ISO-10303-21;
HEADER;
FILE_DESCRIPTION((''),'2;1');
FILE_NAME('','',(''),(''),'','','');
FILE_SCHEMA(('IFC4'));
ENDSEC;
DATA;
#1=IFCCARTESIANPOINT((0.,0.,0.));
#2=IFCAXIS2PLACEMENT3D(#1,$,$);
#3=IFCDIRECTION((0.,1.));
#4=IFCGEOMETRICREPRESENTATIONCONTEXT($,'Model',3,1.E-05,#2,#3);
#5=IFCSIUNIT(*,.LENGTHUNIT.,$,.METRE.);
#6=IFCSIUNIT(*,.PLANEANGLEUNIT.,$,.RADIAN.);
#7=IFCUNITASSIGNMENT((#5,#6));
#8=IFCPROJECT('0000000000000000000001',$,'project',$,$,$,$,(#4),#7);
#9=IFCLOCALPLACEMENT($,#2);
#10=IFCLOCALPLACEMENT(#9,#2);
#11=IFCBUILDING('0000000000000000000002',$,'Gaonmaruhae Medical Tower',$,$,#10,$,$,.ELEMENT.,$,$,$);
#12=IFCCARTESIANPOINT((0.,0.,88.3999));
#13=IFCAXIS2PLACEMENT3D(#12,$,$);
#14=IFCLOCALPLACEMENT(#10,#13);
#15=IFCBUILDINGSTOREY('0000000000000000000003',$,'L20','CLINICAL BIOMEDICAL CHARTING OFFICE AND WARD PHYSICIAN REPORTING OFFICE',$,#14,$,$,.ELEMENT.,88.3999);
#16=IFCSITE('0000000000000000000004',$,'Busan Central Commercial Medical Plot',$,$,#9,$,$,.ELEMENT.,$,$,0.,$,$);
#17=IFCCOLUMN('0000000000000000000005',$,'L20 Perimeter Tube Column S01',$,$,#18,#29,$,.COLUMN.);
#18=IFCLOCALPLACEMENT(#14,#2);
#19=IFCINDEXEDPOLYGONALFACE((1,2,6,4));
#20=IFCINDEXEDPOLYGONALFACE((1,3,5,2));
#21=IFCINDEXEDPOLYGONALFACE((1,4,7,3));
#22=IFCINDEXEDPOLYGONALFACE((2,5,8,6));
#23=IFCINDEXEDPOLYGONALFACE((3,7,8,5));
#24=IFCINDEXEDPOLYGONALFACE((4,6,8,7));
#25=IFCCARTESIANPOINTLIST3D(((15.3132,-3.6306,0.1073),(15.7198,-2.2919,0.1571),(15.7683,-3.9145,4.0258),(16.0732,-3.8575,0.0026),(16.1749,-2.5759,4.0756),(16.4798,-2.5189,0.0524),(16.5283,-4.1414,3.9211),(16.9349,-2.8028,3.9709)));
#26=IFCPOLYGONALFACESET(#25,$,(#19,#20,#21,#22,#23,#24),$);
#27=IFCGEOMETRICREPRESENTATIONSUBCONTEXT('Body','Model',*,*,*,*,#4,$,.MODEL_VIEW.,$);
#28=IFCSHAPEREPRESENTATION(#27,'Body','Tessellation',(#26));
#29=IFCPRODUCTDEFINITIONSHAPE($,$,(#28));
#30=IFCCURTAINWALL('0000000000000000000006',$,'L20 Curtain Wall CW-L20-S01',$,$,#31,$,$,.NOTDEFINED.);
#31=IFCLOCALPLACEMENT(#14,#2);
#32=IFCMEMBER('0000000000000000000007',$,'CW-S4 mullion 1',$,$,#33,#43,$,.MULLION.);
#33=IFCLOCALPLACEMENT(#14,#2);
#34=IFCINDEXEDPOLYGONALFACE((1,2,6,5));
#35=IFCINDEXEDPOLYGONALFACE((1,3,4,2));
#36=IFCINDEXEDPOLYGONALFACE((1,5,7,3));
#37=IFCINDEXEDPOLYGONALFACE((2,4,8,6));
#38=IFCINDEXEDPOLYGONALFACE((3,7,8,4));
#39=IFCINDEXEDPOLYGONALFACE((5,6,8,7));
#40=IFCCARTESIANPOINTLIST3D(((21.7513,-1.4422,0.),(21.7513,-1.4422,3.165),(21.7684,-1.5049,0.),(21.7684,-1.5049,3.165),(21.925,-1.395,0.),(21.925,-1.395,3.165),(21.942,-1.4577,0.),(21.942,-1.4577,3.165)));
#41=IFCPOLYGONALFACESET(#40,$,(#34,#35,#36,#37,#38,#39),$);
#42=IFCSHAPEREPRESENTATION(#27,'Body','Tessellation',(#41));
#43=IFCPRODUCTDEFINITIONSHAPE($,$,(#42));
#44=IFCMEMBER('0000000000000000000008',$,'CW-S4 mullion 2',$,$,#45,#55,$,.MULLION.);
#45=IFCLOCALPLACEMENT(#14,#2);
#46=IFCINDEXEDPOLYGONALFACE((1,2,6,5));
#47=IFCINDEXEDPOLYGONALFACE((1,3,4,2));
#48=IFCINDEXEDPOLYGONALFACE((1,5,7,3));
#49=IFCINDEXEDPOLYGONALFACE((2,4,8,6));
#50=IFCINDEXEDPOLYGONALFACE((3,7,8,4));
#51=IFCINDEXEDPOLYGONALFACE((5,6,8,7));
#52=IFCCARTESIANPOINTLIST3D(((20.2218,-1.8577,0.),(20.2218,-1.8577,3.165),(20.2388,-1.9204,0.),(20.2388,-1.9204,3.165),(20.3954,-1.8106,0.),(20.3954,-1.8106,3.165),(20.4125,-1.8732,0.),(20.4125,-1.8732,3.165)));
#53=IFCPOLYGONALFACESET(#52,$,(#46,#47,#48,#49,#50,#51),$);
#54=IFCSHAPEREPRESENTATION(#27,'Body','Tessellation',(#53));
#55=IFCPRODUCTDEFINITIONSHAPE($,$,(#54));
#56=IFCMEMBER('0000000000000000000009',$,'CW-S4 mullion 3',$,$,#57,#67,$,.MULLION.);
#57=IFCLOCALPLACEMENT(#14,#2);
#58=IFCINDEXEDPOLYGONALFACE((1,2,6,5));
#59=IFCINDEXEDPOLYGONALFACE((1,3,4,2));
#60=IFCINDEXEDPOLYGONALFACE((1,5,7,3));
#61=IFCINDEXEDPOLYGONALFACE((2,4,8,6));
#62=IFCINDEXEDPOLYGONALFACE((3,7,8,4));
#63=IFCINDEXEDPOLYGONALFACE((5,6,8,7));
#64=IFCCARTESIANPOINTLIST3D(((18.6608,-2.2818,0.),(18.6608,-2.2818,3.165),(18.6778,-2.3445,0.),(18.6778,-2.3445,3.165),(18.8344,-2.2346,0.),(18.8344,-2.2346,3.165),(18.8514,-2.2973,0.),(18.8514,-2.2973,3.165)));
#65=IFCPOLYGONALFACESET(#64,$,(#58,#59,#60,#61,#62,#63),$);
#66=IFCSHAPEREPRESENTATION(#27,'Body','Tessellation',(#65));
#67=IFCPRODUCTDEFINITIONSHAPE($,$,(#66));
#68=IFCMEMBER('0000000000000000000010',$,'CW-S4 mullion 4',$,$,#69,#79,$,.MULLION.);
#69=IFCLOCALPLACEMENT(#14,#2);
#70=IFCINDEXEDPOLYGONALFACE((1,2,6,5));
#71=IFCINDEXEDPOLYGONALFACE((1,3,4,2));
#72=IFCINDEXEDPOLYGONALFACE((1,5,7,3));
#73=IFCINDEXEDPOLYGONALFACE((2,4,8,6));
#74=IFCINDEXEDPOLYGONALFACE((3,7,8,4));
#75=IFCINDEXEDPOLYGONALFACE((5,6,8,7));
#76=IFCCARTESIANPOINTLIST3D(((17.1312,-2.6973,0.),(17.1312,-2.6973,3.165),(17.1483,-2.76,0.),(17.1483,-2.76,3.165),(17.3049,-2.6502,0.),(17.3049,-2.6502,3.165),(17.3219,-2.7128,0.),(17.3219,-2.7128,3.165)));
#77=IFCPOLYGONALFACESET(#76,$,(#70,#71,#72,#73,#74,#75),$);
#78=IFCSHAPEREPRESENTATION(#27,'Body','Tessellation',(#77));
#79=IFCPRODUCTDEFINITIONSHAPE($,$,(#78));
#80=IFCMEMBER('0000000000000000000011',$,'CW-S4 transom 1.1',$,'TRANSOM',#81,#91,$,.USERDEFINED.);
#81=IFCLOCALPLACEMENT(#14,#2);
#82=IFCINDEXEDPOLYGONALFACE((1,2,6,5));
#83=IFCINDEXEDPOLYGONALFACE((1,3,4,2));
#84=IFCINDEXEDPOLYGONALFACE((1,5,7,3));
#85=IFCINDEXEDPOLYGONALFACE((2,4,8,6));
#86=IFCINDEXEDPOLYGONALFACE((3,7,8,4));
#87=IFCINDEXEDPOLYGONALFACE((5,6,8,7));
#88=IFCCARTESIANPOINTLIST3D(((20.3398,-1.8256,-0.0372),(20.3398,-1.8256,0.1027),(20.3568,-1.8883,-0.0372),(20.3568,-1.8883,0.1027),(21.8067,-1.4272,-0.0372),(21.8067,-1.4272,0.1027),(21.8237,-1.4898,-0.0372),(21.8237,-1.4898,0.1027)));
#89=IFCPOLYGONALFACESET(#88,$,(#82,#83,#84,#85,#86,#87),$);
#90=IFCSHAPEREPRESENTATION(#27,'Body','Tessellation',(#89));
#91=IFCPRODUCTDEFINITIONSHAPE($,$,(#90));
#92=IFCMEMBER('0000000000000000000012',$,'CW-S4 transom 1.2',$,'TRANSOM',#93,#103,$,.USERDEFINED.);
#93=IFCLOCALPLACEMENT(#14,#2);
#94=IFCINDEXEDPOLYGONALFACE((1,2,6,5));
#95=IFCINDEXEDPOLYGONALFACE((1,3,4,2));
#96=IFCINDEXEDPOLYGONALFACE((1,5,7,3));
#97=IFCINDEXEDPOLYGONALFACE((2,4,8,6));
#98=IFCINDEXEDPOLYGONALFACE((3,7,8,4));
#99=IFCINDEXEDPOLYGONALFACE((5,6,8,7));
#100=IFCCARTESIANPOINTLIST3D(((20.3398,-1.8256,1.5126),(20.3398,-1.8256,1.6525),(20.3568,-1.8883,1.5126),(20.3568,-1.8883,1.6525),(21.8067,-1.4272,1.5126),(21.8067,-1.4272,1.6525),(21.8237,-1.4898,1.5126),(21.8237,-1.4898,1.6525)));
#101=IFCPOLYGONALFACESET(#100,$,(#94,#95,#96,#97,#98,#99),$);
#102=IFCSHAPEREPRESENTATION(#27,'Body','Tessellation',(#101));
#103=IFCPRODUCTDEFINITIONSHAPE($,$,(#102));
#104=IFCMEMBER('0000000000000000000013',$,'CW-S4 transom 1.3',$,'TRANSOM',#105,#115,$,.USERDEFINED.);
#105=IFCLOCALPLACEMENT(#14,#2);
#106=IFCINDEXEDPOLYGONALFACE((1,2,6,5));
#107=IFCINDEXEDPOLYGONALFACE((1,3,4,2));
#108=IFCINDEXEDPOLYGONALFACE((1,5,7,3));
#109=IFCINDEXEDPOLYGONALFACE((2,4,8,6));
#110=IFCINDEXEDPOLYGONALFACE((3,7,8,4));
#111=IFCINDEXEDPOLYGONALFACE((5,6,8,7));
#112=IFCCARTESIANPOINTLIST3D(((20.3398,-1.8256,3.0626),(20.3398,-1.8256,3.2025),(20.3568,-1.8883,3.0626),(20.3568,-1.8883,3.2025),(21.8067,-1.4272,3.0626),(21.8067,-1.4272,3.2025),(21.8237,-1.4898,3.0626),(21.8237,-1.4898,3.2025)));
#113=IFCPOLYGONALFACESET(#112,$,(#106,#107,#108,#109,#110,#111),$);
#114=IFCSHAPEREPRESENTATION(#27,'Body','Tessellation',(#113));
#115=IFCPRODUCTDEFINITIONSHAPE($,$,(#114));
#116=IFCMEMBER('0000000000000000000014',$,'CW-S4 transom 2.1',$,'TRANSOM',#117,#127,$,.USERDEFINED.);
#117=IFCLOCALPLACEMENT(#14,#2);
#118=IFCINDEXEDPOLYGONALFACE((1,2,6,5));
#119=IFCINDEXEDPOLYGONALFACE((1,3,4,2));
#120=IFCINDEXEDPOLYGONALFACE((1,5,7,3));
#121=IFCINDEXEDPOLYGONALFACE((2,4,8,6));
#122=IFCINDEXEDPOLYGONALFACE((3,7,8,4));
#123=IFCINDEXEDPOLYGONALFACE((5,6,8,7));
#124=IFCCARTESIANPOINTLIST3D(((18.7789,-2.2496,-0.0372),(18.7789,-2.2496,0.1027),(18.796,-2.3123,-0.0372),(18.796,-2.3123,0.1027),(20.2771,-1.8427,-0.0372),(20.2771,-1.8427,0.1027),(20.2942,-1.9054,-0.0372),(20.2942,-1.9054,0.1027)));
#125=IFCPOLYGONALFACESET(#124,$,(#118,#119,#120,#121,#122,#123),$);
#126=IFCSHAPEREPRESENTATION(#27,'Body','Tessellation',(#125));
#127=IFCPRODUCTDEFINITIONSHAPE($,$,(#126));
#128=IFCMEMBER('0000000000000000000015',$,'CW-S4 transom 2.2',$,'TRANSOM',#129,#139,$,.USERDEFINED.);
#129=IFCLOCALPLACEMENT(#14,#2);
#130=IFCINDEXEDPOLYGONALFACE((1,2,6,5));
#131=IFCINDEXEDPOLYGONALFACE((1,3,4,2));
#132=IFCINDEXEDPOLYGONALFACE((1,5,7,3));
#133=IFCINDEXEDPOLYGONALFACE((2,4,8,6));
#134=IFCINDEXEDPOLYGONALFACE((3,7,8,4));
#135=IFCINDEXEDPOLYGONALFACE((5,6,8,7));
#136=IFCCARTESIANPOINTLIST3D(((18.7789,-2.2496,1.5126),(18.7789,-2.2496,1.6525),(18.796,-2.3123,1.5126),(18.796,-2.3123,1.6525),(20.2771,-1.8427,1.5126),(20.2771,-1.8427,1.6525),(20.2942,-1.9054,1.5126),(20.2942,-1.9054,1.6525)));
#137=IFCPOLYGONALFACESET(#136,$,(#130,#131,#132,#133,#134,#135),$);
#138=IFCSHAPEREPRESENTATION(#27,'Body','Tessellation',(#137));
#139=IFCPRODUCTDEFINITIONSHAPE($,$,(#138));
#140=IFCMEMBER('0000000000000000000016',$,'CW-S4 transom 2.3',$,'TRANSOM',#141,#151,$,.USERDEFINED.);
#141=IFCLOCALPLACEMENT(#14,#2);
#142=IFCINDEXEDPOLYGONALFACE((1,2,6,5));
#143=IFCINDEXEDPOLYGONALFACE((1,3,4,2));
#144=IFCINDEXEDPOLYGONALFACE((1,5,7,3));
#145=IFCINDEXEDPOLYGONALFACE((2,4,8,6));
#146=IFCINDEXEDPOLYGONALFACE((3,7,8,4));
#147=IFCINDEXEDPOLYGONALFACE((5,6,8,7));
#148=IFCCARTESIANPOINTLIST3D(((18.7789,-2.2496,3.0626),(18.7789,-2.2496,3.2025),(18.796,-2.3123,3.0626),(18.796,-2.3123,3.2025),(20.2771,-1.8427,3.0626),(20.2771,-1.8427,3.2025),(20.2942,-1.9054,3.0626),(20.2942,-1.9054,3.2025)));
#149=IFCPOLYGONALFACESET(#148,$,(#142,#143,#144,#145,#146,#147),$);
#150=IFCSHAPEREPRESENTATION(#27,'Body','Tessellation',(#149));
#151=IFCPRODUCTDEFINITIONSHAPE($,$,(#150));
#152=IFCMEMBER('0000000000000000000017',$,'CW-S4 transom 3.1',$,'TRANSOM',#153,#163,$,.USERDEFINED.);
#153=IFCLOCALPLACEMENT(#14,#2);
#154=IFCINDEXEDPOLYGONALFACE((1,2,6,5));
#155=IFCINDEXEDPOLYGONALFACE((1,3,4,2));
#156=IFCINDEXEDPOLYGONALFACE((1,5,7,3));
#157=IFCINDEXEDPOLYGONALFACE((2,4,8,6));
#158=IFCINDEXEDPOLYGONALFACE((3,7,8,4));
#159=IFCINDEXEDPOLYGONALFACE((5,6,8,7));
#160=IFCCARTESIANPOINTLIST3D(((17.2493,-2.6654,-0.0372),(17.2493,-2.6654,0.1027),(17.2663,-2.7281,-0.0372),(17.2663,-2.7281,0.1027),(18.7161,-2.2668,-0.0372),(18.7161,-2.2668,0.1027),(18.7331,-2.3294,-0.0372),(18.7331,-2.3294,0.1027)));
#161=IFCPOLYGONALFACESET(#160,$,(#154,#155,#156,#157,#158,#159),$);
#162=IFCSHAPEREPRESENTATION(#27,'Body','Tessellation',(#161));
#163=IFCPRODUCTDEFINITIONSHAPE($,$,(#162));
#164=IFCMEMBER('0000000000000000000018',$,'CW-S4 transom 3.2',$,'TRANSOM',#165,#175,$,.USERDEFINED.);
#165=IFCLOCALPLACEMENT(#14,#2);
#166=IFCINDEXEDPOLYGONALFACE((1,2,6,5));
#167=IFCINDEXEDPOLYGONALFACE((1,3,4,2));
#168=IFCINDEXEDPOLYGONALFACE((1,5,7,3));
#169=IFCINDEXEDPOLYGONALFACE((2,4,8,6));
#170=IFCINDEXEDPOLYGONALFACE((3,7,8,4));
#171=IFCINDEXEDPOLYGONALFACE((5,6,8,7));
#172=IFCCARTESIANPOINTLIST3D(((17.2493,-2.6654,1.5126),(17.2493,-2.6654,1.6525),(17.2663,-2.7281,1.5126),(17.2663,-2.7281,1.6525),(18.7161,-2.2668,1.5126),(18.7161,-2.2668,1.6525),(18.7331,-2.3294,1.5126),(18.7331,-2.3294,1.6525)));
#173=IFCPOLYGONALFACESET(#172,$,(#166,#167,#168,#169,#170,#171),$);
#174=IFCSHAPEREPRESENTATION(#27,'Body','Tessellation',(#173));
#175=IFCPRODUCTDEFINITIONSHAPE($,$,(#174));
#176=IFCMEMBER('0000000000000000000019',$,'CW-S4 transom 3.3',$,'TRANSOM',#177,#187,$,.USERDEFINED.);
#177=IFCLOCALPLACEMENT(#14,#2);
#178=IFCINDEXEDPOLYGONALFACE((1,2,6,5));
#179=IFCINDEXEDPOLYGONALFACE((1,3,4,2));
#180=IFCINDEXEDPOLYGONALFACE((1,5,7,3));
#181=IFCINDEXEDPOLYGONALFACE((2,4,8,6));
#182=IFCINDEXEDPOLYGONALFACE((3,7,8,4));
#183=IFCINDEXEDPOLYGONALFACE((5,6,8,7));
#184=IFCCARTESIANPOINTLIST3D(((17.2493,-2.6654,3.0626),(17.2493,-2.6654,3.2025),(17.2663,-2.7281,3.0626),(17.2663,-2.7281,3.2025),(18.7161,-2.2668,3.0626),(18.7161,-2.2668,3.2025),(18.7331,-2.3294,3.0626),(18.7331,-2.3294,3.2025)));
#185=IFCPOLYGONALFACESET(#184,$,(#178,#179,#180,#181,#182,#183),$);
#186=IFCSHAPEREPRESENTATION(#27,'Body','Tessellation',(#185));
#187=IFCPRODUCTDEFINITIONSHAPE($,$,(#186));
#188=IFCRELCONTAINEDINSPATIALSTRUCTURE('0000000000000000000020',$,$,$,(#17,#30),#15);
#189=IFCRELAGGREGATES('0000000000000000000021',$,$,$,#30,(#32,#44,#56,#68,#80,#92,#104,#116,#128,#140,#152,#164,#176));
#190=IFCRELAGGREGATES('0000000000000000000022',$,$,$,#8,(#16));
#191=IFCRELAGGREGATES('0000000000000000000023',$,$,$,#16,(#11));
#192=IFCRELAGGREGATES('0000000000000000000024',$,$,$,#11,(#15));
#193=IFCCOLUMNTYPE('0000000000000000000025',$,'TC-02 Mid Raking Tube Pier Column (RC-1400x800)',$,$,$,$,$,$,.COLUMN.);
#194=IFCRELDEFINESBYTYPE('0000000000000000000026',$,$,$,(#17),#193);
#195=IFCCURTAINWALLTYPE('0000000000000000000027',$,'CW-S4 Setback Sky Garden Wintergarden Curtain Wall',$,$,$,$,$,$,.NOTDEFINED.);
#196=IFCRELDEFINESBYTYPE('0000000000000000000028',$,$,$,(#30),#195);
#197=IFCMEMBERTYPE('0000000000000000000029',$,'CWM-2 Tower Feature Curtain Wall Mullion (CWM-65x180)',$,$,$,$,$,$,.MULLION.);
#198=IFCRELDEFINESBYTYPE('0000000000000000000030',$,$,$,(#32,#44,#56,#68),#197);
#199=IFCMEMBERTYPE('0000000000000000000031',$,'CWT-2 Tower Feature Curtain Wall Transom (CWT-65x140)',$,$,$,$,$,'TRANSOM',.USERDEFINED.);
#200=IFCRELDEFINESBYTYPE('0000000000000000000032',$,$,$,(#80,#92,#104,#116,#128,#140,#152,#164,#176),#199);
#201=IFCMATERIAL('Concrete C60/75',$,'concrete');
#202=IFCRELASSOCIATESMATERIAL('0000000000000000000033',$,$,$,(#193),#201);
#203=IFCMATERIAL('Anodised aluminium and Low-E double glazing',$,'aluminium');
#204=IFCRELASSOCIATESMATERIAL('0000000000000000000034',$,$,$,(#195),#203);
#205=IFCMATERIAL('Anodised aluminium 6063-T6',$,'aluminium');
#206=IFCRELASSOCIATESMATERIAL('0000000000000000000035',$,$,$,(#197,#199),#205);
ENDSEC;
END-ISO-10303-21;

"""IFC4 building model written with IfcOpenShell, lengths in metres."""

from ifc_helpers import new_model, si_unit, direction, frame, origin, origin_2d, place, context, subcontext, project, spatial, rectangle, extrude, material, material_profile, profile_set, type_object, element, aggregate, save


model = new_model("IFC4")

# Units and contexts
model_context = context("Model", 3, precision=1e-05, world=origin(), true_north=direction((0.0, 1.0)))
body_context = subcontext(model_context, "Body", "Model", "MODEL_VIEW")
ifc_project = project(units=[si_unit("LENGTHUNIT", "METRE"), si_unit("PLANEANGLEUNIT", "RADIAN")], contexts=[model_context])

# Site, building, storey
site_placement = place(None, origin())
site = spatial("IfcSite", under=ifc_project, at=site_placement, Name="Busan Central Commercial Medical Plot", CompositionType="ELEMENT", RefElevation=0.0)
building_placement = place(site_placement, origin())
building = spatial("IfcBuilding", under=site, at=building_placement, Name="Gaonmaruhae Medical Tower", CompositionType="ELEMENT")
storey_placement = place(building_placement, frame((0.0, 0.0, 88.3999)))
storey = spatial("IfcBuildingStorey", under=building, at=storey_placement, Name="L20", Description="CLINICAL BIOMEDICAL CHARTING OFFICE AND WARD PHYSICIAN REPORTING OFFICE", CompositionType="ELEMENT", Elevation=88.3999)

# Column
ifc_material_1 = material(Name="Concrete C60/75", Category="concrete")
ifc_material_profile_1 = material_profile(ifc_material_1, rectangle(XDim=1.3999, YDim=0.8, at=origin_2d()), Name="RC-1400x800")
ifc_profile_set_1 = profile_set([ifc_material_profile_1], Name="Concrete C60/75")
column_type = type_object("IfcColumnType", Name="TC-02 Mid Raking Tube Pier Column (RC-1400x800)", PredefinedType="COLUMN", material=ifc_profile_set_1)
column_placement = place(storey_placement, frame((15.8965, -3.0747, 0.0798), z_axis=(0.115064, -0.071792, 0.99076), x_axis=(0.290438, 0.956233, 0.035559)))
element("IfcColumn", 1, at=column_placement, inside=storey, type_object=column_type, Name="L20 Perimeter Tube Column S01", PredefinedType="COLUMN", context=body_context, shape_type="SweptSolid", body=[
    extrude(rectangle(XDim=1.3999, YDim=0.8, at=origin_2d()), origin(), (0.0, 0.0, 1.0), 3.9551),
])

# Curtain wall, members
ifc_material_2 = material(Name="Anodised aluminium and Low-E double glazing", Category="aluminium")
curtain_wall_type = type_object("IfcCurtainWallType", Name="CW-S4 Setback Sky Garden Wintergarden Curtain Wall", PredefinedType="NOTDEFINED", material=ifc_material_2)
curtain_wall_placement = place(storey_placement, origin())
curtain_wall = element("IfcCurtainWall", 2, at=curtain_wall_placement, inside=storey, type_object=curtain_wall_type, Name="L20 Curtain Wall CW-L20-S01", PredefinedType="NOTDEFINED")
ifc_material_3 = material(Name="Anodised aluminium 6063-T6", Category="aluminium")
ifc_material_profile_2 = material_profile(ifc_material_3, rectangle(XDim=0.0649, YDim=0.1799, at=origin_2d()), Name="CWM-65x180")
ifc_profile_set_2 = profile_set([ifc_material_profile_2], Name="Anodised aluminium 6063-T6")
member_type_1 = type_object("IfcMemberType", Name="CWM-2 Tower Feature Curtain Wall Mullion (CWM-65x180)", PredefinedType="MULLION", material=ifc_profile_set_2)
member_1_placement = place(storey_placement, frame((21.8467, -1.45, 0.0), z_axis=(0.0, 0.0, 1.0), x_axis=(0.262186, -0.965017, 0.0)))
member_1 = element("IfcMember", 3, at=member_1_placement, type_object=member_type_1, Name="CW-S4 mullion 1", PredefinedType="MULLION", context=body_context, shape_type="SweptSolid", body=[
    extrude(rectangle(XDim=0.0649, YDim=0.1799, at=origin_2d()), origin(), (0.0, 0.0, 1.0), 3.165),
])
member_2_placement = place(storey_placement, frame((20.3171, -1.8655, 0.0), z_axis=(0.0, 0.0, 1.0), x_axis=(0.262186, -0.965017, 0.0)))
member_2 = element("IfcMember", 4, at=member_2_placement, type_object=member_type_1, Name="CW-S4 mullion 2", PredefinedType="MULLION", context=body_context, shape_type="SweptSolid", body=[
    extrude(rectangle(XDim=0.0649, YDim=0.1799, at=origin_2d()), origin(), (0.0, 0.0, 1.0), 3.165),
])
member_3_placement = place(storey_placement, frame((18.7561, -2.2896, 0.0), z_axis=(0.0, 0.0, 1.0), x_axis=(0.262186, -0.965017, 0.0)))
member_3 = element("IfcMember", 5, at=member_3_placement, type_object=member_type_1, Name="CW-S4 mullion 3", PredefinedType="MULLION", context=body_context, shape_type="SweptSolid", body=[
    extrude(rectangle(XDim=0.0649, YDim=0.1799, at=origin_2d()), origin(), (0.0, 0.0, 1.0), 3.165),
])
member_4_placement = place(storey_placement, frame((17.2266, -2.7051, 0.0), z_axis=(0.0, 0.0, 1.0), x_axis=(0.262186, -0.965017, 0.0)))
member_4 = element("IfcMember", 6, at=member_4_placement, type_object=member_type_1, Name="CW-S4 mullion 4", PredefinedType="MULLION", context=body_context, shape_type="SweptSolid", body=[
    extrude(rectangle(XDim=0.0649, YDim=0.1799, at=origin_2d()), origin(), (0.0, 0.0, 1.0), 3.165),
])
ifc_material_profile_3 = material_profile(ifc_material_3, rectangle(XDim=0.0649, YDim=0.1399, at=origin_2d()), Name="CWT-65x140")
ifc_profile_set_3 = profile_set([ifc_material_profile_3], Name="Anodised aluminium 6063-T6")
member_type_2 = type_object("IfcMemberType", Name="CWT-2 Tower Feature Curtain Wall Transom (CWT-65x140)", ElementType="TRANSOM", PredefinedType="USERDEFINED", material=ifc_profile_set_3)
member_5_placement = place(storey_placement, frame((21.8152, -1.4585, 0.0327), z_axis=(-0.96503, -0.262139, 0.0), x_axis=(0.262139, -0.96503, 0.0)))
member_5 = element("IfcMember", 7, at=member_5_placement, type_object=member_type_2, Name="CW-S4 transom 1.1", ObjectType="TRANSOM", PredefinedType="USERDEFINED", context=body_context, shape_type="SweptSolid", body=[
    extrude(rectangle(XDim=0.0649, YDim=0.1399, at=origin_2d()), origin(), (0.0, 0.0, 1.0), 1.52),
])
member_6_placement = place(storey_placement, frame((21.8152, -1.4585, 1.5825), z_axis=(-0.96503, -0.262139, 0.0), x_axis=(0.262139, -0.96503, 0.0)))
member_6 = element("IfcMember", 8, at=member_6_placement, type_object=member_type_2, Name="CW-S4 transom 1.2", ObjectType="TRANSOM", PredefinedType="USERDEFINED", context=body_context, shape_type="SweptSolid", body=[
    extrude(rectangle(XDim=0.0649, YDim=0.1399, at=origin_2d()), origin(), (0.0, 0.0, 1.0), 1.52),
])
member_7_placement = place(storey_placement, frame((21.8152, -1.4585, 3.1326), z_axis=(-0.96503, -0.262139, 0.0), x_axis=(0.262139, -0.96503, 0.0)))
member_7 = element("IfcMember", 9, at=member_7_placement, type_object=member_type_2, Name="CW-S4 transom 1.3", ObjectType="TRANSOM", PredefinedType="USERDEFINED", context=body_context, shape_type="SweptSolid", body=[
    extrude(rectangle(XDim=0.0649, YDim=0.1399, at=origin_2d()), origin(), (0.0, 0.0, 1.0), 1.52),
])
member_8_placement = place(storey_placement, frame((20.2856, -1.874, 0.0327), z_axis=(-0.965032, -0.262133, 0.0), x_axis=(0.262133, -0.965032, 0.0)))
member_8 = element("IfcMember", 10, at=member_8_placement, type_object=member_type_2, Name="CW-S4 transom 2.1", ObjectType="TRANSOM", PredefinedType="USERDEFINED", context=body_context, shape_type="SweptSolid", body=[
    extrude(rectangle(XDim=0.0649, YDim=0.1399, at=origin_2d()), origin(), (0.0, 0.0, 1.0), 1.5525),
])
member_9_placement = place(storey_placement, frame((20.2856, -1.874, 1.5825), z_axis=(-0.965032, -0.262133, 0.0), x_axis=(0.262133, -0.965032, 0.0)))
member_9 = element("IfcMember", 11, at=member_9_placement, type_object=member_type_2, Name="CW-S4 transom 2.2", ObjectType="TRANSOM", PredefinedType="USERDEFINED", context=body_context, shape_type="SweptSolid", body=[
    extrude(rectangle(XDim=0.0649, YDim=0.1399, at=origin_2d()), origin(), (0.0, 0.0, 1.0), 1.5525),
])
member_10_placement = place(storey_placement, frame((20.2856, -1.874, 3.1326), z_axis=(-0.965032, -0.262133, 0.0), x_axis=(0.262133, -0.965032, 0.0)))
member_10 = element("IfcMember", 12, at=member_10_placement, type_object=member_type_2, Name="CW-S4 transom 2.3", ObjectType="TRANSOM", PredefinedType="USERDEFINED", context=body_context, shape_type="SweptSolid", body=[
    extrude(rectangle(XDim=0.0649, YDim=0.1399, at=origin_2d()), origin(), (0.0, 0.0, 1.0), 1.5525),
])
member_11_placement = place(storey_placement, frame((18.7246, -2.2981, 0.0327), z_axis=(-0.96499, -0.262288, 0.0), x_axis=(0.262288, -0.96499, 0.0)))
member_11 = element("IfcMember", 13, at=member_11_placement, type_object=member_type_2, Name="CW-S4 transom 3.1", ObjectType="TRANSOM", PredefinedType="USERDEFINED", context=body_context, shape_type="SweptSolid", body=[
    extrude(rectangle(XDim=0.0649, YDim=0.1399, at=origin_2d()), origin(), (0.0, 0.0, 1.0), 1.52),
])
member_12_placement = place(storey_placement, frame((18.7246, -2.2981, 1.5825), z_axis=(-0.96499, -0.262288, 0.0), x_axis=(0.262288, -0.96499, 0.0)))
member_12 = element("IfcMember", 14, at=member_12_placement, type_object=member_type_2, Name="CW-S4 transom 3.2", ObjectType="TRANSOM", PredefinedType="USERDEFINED", context=body_context, shape_type="SweptSolid", body=[
    extrude(rectangle(XDim=0.0649, YDim=0.1399, at=origin_2d()), origin(), (0.0, 0.0, 1.0), 1.52),
])
member_13_placement = place(storey_placement, frame((18.7246, -2.2981, 3.1326), z_axis=(-0.96499, -0.262288, 0.0), x_axis=(0.262288, -0.96499, 0.0)))
member_13 = element("IfcMember", 15, at=member_13_placement, type_object=member_type_2, Name="CW-S4 transom 3.3", ObjectType="TRANSOM", PredefinedType="USERDEFINED", context=body_context, shape_type="SweptSolid", body=[
    extrude(rectangle(XDim=0.0649, YDim=0.1399, at=origin_2d()), origin(), (0.0, 0.0, 1.0), 1.52),
])

aggregate(curtain_wall, [member_1, member_2, member_3, member_4, member_5, member_6, member_7, member_8, member_9, member_10, member_11, member_12, member_13])

save(model, "model.ifc")
